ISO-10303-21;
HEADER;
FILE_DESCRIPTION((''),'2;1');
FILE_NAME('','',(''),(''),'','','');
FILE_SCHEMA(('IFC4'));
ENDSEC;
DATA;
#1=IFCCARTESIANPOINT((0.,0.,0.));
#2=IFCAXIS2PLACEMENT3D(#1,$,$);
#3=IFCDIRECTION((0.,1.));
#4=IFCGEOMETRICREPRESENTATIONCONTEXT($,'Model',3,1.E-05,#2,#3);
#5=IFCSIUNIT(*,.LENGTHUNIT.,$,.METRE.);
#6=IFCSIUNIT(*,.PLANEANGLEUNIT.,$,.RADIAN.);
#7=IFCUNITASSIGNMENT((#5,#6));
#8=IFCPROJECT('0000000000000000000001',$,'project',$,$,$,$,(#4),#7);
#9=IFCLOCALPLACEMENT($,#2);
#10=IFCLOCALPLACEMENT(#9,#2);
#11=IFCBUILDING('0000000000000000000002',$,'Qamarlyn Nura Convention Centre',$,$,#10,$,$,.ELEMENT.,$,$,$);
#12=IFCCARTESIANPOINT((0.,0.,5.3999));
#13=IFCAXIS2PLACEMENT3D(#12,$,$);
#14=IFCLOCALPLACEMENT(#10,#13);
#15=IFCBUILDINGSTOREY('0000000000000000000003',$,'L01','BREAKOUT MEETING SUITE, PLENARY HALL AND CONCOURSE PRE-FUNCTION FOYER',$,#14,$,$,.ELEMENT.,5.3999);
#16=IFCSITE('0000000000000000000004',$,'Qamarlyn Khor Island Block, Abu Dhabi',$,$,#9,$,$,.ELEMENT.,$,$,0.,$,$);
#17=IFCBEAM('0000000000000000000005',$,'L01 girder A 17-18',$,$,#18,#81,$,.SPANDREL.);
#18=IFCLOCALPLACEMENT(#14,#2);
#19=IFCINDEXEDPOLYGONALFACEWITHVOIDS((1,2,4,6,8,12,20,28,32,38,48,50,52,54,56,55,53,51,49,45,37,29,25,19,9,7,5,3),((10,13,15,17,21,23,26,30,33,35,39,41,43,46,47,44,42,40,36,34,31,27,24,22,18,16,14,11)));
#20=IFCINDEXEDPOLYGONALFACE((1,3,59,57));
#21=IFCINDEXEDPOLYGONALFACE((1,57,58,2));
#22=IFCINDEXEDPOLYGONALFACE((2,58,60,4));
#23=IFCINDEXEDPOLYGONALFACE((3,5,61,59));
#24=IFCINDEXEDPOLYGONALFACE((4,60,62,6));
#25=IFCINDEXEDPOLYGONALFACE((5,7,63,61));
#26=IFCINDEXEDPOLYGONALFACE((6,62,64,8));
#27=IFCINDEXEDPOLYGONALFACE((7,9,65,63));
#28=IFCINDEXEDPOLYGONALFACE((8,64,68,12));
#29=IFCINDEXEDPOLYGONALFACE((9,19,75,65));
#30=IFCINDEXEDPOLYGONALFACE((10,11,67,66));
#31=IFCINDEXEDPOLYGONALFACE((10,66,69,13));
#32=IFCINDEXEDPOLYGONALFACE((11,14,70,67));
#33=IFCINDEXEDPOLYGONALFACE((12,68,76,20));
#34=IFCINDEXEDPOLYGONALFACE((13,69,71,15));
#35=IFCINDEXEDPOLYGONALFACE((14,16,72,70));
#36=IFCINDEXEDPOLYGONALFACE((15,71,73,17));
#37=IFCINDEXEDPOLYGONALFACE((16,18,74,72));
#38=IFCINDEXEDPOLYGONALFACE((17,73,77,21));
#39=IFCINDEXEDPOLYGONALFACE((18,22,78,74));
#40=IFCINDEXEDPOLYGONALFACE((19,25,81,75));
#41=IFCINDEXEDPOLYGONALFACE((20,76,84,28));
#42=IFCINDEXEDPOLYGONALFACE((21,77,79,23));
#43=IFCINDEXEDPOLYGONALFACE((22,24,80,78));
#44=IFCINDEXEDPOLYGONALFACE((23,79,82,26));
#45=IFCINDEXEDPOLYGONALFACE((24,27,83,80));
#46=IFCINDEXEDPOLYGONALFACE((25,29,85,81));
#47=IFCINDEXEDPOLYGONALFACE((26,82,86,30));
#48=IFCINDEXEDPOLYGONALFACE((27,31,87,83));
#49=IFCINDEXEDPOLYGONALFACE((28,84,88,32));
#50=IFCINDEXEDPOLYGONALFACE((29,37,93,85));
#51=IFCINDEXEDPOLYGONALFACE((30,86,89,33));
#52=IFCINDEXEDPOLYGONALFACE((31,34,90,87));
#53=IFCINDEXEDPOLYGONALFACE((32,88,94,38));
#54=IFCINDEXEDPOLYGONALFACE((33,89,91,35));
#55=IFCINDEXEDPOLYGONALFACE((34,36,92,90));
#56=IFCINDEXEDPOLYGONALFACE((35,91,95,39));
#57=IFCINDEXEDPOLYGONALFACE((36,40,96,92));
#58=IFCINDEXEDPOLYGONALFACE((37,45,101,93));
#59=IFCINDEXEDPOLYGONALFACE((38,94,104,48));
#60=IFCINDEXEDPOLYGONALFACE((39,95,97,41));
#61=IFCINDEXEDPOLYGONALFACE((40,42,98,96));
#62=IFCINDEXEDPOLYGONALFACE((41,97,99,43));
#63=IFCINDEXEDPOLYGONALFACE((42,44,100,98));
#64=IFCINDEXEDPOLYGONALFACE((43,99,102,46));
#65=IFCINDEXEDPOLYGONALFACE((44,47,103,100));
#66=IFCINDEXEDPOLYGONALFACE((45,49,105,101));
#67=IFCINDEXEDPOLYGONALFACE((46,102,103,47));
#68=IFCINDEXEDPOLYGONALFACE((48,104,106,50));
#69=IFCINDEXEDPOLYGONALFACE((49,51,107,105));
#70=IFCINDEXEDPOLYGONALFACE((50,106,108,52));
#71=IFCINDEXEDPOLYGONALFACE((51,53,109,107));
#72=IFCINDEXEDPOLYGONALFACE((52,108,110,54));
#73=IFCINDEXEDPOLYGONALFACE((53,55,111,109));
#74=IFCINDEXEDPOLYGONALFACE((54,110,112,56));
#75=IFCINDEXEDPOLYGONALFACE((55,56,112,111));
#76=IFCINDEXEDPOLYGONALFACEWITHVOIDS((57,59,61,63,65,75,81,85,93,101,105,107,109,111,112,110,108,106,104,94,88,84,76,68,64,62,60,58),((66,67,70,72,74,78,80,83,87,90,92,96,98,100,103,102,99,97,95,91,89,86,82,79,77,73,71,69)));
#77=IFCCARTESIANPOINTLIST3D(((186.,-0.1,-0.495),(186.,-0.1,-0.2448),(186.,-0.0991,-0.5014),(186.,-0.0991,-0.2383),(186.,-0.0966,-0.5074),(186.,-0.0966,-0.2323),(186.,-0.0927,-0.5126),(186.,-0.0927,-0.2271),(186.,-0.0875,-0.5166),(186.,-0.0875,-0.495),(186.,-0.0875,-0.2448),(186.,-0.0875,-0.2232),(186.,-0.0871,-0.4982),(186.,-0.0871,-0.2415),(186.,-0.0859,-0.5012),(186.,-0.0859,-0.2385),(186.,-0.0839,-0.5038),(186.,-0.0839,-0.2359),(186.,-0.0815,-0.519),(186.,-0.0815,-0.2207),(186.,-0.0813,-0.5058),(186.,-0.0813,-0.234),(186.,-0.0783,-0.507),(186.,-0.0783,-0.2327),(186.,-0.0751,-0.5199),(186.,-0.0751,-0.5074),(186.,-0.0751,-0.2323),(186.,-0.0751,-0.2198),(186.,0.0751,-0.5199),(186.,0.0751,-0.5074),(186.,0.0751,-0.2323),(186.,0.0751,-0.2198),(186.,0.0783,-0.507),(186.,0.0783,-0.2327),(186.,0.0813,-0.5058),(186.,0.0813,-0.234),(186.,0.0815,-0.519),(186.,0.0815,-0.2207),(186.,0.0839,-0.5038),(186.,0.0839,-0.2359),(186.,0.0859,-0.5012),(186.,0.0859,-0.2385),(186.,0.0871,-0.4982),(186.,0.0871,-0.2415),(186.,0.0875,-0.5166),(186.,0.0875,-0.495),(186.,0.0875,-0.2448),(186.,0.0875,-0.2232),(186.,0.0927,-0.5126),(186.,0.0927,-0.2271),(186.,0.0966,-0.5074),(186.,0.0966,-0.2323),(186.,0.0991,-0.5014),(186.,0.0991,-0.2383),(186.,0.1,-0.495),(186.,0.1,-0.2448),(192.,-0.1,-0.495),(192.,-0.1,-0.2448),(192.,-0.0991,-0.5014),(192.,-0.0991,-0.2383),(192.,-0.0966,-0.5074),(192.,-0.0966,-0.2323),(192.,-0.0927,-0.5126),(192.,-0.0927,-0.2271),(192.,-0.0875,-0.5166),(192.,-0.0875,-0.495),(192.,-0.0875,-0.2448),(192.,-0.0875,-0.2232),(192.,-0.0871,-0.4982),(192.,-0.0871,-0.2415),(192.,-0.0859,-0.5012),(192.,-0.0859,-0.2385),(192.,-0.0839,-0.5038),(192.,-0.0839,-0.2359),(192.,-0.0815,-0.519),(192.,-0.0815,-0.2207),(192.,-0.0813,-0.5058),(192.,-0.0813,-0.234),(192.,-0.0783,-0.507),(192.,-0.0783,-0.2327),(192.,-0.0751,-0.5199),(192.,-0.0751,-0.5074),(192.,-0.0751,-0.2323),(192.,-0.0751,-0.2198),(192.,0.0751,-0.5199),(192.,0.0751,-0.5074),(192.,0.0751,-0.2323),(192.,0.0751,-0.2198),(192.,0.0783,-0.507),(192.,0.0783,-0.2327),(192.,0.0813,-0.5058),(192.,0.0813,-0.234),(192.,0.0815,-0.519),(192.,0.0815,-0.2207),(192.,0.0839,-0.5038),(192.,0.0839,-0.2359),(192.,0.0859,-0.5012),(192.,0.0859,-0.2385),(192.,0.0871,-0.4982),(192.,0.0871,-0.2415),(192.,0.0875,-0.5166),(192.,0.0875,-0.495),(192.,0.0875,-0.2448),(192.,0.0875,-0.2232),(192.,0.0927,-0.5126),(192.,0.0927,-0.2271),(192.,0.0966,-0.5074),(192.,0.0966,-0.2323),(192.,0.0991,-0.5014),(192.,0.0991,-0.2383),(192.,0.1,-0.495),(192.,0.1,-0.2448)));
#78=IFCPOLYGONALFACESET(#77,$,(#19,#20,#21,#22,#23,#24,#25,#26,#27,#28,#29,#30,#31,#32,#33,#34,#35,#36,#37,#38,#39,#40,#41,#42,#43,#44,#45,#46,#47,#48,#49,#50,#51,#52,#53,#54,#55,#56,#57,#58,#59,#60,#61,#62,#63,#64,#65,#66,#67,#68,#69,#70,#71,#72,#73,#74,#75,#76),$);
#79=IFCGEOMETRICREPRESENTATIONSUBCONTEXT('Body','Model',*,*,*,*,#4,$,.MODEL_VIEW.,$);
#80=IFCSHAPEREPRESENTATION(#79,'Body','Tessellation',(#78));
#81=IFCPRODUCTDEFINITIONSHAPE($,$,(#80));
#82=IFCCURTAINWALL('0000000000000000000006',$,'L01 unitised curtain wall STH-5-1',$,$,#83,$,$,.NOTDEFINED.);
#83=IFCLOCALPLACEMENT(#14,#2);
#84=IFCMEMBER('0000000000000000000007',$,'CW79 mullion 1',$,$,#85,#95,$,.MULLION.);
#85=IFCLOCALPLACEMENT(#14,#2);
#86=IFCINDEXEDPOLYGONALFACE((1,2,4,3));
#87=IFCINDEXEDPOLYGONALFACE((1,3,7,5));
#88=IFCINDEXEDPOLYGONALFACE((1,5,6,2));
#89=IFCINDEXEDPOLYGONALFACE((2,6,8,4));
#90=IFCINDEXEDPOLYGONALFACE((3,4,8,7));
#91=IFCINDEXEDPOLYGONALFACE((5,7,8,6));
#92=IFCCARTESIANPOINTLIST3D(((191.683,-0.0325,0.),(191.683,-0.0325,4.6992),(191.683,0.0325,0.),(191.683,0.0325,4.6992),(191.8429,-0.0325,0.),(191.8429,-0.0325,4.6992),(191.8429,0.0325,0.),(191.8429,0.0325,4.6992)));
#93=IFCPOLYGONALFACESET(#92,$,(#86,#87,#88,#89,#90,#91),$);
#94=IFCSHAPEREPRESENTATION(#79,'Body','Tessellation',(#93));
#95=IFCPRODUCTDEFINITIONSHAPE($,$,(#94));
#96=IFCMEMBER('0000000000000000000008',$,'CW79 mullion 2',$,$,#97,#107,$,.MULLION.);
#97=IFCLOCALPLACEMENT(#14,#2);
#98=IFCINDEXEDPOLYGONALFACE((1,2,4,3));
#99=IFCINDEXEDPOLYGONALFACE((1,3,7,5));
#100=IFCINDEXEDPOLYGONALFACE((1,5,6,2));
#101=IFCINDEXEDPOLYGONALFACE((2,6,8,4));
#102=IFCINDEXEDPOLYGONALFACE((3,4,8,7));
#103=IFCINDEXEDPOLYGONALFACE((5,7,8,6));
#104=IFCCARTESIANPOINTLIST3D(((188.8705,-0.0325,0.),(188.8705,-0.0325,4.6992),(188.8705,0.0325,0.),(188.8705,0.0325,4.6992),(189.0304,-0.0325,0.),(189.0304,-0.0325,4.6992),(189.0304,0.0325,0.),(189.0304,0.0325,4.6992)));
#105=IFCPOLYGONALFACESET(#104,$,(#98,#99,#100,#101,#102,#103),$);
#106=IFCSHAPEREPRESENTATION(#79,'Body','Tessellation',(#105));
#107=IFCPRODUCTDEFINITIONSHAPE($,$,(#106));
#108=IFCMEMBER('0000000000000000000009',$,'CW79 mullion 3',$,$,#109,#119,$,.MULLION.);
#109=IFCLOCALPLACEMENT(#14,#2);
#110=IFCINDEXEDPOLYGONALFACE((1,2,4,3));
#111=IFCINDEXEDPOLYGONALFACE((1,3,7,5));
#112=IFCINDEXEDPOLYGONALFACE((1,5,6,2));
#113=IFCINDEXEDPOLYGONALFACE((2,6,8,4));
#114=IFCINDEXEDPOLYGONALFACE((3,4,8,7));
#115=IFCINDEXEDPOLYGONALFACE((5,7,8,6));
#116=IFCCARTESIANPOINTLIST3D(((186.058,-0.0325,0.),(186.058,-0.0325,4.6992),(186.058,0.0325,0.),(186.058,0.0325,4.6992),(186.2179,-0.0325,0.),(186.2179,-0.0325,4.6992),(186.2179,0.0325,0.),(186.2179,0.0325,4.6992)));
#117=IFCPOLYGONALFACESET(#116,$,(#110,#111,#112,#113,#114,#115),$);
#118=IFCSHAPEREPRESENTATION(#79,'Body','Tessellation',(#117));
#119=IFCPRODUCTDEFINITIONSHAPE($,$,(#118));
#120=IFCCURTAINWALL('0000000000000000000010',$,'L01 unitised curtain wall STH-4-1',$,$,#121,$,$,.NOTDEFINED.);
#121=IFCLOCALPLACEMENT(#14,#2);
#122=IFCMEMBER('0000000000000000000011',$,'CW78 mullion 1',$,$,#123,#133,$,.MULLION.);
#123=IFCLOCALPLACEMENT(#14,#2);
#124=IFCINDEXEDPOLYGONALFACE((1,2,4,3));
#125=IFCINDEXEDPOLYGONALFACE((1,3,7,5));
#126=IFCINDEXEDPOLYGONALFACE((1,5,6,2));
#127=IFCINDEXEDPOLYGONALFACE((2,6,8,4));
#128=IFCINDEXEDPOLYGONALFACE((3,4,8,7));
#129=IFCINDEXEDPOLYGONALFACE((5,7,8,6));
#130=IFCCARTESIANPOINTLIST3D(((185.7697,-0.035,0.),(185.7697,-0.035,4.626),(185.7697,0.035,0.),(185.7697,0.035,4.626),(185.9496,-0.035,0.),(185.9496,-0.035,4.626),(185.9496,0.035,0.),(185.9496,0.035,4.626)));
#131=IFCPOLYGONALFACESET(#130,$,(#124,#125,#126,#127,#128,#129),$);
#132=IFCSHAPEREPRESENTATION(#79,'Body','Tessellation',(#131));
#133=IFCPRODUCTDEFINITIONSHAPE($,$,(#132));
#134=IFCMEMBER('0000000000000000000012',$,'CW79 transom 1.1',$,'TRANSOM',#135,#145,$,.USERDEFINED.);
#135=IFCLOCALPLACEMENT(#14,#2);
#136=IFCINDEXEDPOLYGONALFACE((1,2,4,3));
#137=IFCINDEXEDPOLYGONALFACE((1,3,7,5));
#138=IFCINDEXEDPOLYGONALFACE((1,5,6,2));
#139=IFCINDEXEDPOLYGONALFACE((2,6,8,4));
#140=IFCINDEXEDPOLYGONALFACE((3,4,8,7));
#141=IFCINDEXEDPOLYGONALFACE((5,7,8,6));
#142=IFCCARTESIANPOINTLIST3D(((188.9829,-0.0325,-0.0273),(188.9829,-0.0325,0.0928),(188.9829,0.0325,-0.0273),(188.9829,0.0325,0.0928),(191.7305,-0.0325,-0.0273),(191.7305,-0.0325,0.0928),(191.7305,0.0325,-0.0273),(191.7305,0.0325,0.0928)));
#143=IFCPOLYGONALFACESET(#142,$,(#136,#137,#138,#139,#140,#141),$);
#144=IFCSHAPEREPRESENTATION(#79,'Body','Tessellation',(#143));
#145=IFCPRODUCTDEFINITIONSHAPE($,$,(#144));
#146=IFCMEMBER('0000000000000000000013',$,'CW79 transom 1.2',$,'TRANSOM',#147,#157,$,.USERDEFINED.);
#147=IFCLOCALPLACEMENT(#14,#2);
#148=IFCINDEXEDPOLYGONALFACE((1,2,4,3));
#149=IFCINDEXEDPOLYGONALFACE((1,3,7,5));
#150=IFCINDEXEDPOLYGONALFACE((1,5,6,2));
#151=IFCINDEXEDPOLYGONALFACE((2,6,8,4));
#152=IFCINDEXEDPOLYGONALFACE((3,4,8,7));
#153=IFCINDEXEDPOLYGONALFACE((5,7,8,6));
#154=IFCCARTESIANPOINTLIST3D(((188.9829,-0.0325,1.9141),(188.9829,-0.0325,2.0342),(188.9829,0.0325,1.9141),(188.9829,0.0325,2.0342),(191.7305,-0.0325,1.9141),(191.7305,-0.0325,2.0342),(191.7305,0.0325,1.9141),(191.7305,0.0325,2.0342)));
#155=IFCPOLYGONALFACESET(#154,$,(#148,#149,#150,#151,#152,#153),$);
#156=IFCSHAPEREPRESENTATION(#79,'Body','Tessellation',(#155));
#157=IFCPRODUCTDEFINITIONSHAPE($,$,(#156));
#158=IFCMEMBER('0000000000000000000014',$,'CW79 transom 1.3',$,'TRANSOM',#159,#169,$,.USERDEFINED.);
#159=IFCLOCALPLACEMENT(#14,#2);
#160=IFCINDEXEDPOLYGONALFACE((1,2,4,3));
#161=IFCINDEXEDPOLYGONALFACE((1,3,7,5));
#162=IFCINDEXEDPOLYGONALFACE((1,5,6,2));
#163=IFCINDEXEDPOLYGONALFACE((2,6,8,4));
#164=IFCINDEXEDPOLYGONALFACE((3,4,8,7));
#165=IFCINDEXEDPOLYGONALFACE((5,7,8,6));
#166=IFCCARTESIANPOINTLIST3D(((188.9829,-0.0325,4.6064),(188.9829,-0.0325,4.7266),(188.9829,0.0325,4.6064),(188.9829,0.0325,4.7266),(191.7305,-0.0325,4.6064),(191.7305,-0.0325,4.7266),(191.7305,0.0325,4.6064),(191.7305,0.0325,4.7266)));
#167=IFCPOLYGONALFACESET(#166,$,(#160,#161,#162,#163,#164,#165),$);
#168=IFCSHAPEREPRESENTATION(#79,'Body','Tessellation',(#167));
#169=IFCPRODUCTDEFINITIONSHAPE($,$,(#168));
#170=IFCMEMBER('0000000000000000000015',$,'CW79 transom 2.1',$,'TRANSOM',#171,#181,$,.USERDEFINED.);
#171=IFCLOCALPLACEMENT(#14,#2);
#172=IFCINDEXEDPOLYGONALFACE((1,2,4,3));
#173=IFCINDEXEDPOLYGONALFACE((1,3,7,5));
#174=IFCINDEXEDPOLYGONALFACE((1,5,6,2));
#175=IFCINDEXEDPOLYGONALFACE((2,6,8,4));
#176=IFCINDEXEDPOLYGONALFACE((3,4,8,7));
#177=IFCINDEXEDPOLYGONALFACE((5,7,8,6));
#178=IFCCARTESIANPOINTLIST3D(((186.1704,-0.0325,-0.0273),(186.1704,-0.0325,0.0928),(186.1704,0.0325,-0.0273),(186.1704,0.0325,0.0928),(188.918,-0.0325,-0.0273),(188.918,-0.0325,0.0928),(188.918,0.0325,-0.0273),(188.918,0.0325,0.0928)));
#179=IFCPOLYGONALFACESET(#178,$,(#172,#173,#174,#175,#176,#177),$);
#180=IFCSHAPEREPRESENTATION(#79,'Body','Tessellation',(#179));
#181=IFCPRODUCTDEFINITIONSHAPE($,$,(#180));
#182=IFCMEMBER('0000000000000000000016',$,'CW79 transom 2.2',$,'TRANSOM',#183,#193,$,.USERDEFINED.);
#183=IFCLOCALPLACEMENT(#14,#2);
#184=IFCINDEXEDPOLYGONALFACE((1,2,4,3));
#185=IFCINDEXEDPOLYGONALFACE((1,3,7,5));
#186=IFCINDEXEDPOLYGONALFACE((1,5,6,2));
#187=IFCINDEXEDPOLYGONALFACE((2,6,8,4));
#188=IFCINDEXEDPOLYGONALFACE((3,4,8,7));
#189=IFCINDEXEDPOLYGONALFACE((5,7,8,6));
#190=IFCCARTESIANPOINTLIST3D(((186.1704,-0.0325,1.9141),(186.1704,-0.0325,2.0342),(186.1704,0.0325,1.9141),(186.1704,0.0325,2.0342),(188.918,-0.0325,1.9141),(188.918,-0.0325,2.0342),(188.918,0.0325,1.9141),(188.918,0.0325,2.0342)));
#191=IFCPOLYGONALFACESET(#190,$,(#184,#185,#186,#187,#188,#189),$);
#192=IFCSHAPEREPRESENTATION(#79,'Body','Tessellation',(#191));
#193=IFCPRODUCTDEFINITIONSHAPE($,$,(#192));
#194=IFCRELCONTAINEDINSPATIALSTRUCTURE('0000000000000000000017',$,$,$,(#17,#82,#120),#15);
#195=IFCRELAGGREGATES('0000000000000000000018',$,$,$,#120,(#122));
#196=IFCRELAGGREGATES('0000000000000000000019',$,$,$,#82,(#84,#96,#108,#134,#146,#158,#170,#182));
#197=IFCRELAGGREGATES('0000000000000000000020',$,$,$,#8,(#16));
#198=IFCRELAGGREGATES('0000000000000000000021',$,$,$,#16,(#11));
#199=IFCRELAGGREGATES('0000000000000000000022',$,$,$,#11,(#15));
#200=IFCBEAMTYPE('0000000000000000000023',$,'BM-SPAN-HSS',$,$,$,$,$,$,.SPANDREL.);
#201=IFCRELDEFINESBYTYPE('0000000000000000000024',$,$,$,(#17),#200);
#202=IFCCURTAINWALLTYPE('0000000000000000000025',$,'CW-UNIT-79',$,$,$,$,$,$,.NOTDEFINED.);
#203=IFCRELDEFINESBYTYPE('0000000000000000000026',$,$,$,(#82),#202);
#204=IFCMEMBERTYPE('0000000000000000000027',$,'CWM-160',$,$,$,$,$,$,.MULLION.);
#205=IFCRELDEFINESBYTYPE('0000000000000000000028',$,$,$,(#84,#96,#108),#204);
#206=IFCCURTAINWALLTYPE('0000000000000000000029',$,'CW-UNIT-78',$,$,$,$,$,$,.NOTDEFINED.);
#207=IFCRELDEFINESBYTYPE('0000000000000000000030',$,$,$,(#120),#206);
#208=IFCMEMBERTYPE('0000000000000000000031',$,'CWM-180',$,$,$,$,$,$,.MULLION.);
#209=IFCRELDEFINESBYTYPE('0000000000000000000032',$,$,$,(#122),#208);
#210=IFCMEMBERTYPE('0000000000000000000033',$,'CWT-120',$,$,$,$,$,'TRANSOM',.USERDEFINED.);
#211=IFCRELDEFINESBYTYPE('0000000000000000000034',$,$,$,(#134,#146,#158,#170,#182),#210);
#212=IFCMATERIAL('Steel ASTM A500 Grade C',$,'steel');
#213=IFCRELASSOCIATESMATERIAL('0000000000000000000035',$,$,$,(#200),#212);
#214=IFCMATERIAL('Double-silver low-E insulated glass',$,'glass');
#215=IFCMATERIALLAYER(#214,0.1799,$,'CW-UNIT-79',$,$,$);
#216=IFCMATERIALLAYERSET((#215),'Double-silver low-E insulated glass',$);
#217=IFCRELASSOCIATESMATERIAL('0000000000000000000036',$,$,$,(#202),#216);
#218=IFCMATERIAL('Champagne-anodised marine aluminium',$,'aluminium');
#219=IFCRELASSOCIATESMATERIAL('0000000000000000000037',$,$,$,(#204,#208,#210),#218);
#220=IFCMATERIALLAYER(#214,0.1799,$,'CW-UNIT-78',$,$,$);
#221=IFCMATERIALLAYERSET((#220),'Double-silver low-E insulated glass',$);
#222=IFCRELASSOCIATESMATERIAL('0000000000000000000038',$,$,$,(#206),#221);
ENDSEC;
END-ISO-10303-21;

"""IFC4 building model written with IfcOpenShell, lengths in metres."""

from ifc_helpers import new_model, si_unit, direction, frame, origin, origin_2d, place, context, subcontext, project, spatial, rectangle, hollow_rectangle, extrude, material, layer, layer_set, material_profile, profile_set, type_object, element, aggregate, save


model = new_model("IFC4")

# Units and contexts
model_context = context("Model", 3, precision=1e-05, world=origin(), true_north=direction((0.0, 1.0)))
body_context = subcontext(model_context, "Body", "Model", "MODEL_VIEW")
ifc_project = project(units=[si_unit("LENGTHUNIT", "METRE"), si_unit("PLANEANGLEUNIT", "RADIAN")], contexts=[model_context])

# Site, building, storey
site_placement = place(None, origin())
site = spatial("IfcSite", under=ifc_project, at=site_placement, Name="Qamarlyn Khor Island Block, Abu Dhabi", CompositionType="ELEMENT", RefElevation=0.0)
building_placement = place(site_placement, origin())
building = spatial("IfcBuilding", under=site, at=building_placement, Name="Qamarlyn Nura Convention Centre", CompositionType="ELEMENT")
storey_placement = place(building_placement, frame((0.0, 0.0, 5.3999)))
storey = spatial("IfcBuildingStorey", under=building, at=storey_placement, Name="L01", Description="BREAKOUT MEETING SUITE, PLENARY HALL AND CONCOURSE PRE-FUNCTION FOYER", CompositionType="ELEMENT", Elevation=5.3999)

# Beam
ifc_material_1 = material(Name="Steel ASTM A500 Grade C", Category="steel")
ifc_material_profile_1 = material_profile(ifc_material_1, hollow_rectangle(XDim=0.2, YDim=0.3, WallThickness=0.0125, InnerFilletRadius=0.0125, OuterFilletRadius=0.0249, at=origin_2d()), Name="HSS300X200X12.5")
ifc_profile_set_1 = profile_set([ifc_material_profile_1], Name="Steel ASTM A500 Grade C")
beam_type_1 = type_object("IfcBeamType", Name="BM-SPAN-HSS", PredefinedType="SPANDREL", material=ifc_profile_set_1)
beam_1_placement = place(storey_placement, frame((186.0, 0.0, -0.3699), z_axis=(1.0, 0.0, 0.0), x_axis=(0.0, 1.0, 0.0)))
element("IfcBeam", 1, at=beam_1_placement, inside=storey, type_object=beam_type_1, Name="L01 girder A 17-18", PredefinedType="SPANDREL", context=body_context, shape_type="SweptSolid", body=[
    extrude(hollow_rectangle(XDim=0.2, YDim=0.3, WallThickness=0.0125, InnerFilletRadius=0.0125, OuterFilletRadius=0.0249, at=origin_2d()), origin(), (0.0, 0.0, 1.0), 6.0),
])

# Curtain wall, members
ifc_material_2 = material(Name="Double-silver low-E insulated glass", Category="glass")
ifc_layer_1 = layer(ifc_material_2, 0.1799, Name="CW-UNIT-79")
ifc_layer_set_1 = layer_set([ifc_layer_1], Name="Double-silver low-E insulated glass")
curtain_wall_type_1 = type_object("IfcCurtainWallType", Name="CW-UNIT-79", PredefinedType="NOTDEFINED", material=ifc_layer_set_1)
curtain_wall_1_placement = place(storey_placement, origin())
curtain_wall_1 = element("IfcCurtainWall", 2, at=curtain_wall_1_placement, inside=storey, type_object=curtain_wall_type_1, Name="L01 unitised curtain wall STH-5-1", PredefinedType="NOTDEFINED")
ifc_material_3 = material(Name="Champagne-anodised marine aluminium", Category="aluminium")
ifc_material_profile_2 = material_profile(ifc_material_3, rectangle(XDim=0.0649, YDim=0.1599, at=origin_2d()), Name="ALU MULLION 65x160")
ifc_profile_set_2 = profile_set([ifc_material_profile_2], Name="Champagne-anodised marine aluminium")
member_type_1 = type_object("IfcMemberType", Name="CWM-160", PredefinedType="MULLION", material=ifc_profile_set_2)
member_1_placement = place(storey_placement, frame((191.7629, 0.0, 0.0), z_axis=(0.0, 0.0, 1.0), x_axis=(0.0, -1.0, 0.0)))
member_1 = element("IfcMember", 3, at=member_1_placement, type_object=member_type_1, Name="CW79 mullion 1", PredefinedType="MULLION", context=body_context, shape_type="SweptSolid", body=[
    extrude(rectangle(XDim=0.0649, YDim=0.1599, at=origin_2d()), origin(), (0.0, 0.0, 1.0), 4.6992),
])
member_2_placement = place(storey_placement, frame((188.9504, 0.0, 0.0), z_axis=(0.0, 0.0, 1.0), x_axis=(0.0, -1.0, 0.0)))
member_2 = element("IfcMember", 4, at=member_2_placement, type_object=member_type_1, Name="CW79 mullion 2", PredefinedType="MULLION", context=body_context, shape_type="SweptSolid", body=[
    extrude(rectangle(XDim=0.0649, YDim=0.1599, at=origin_2d()), origin(), (0.0, 0.0, 1.0), 4.6992),
])
member_3_placement = place(storey_placement, frame((186.1379, 0.0, 0.0), z_axis=(0.0, 0.0, 1.0), x_axis=(0.0, -1.0, 0.0)))
member_3 = element("IfcMember", 5, at=member_3_placement, type_object=member_type_1, Name="CW79 mullion 3", PredefinedType="MULLION", context=body_context, shape_type="SweptSolid", body=[
    extrude(rectangle(XDim=0.0649, YDim=0.1599, at=origin_2d()), origin(), (0.0, 0.0, 1.0), 4.6992),
])

# Curtain wall, member
ifc_layer_2 = layer(ifc_material_2, 0.1799, Name="CW-UNIT-78")
ifc_layer_set_2 = layer_set([ifc_layer_2], Name="Double-silver low-E insulated glass")
curtain_wall_type_2 = type_object("IfcCurtainWallType", Name="CW-UNIT-78", PredefinedType="NOTDEFINED", material=ifc_layer_set_2)
curtain_wall_2_placement = place(storey_placement, origin())
curtain_wall_2 = element("IfcCurtainWall", 6, at=curtain_wall_2_placement, inside=storey, type_object=curtain_wall_type_2, Name="L01 unitised curtain wall STH-4-1", PredefinedType="NOTDEFINED")
ifc_material_profile_3 = material_profile(ifc_material_3, rectangle(XDim=0.0701, YDim=0.1799, at=origin_2d()), Name="ALU MULLION 70x180")
ifc_profile_set_3 = profile_set([ifc_material_profile_3], Name="Champagne-anodised marine aluminium")
member_type_2 = type_object("IfcMemberType", Name="CWM-180", PredefinedType="MULLION", material=ifc_profile_set_3)
member_4_placement = place(storey_placement, frame((185.8596, 0.0, 0.0), z_axis=(0.0, 0.0, 1.0), x_axis=(0.0, -1.0, 0.0)))
member_4 = element("IfcMember", 7, at=member_4_placement, type_object=member_type_2, Name="CW78 mullion 1", PredefinedType="MULLION", context=body_context, shape_type="SweptSolid", body=[
    extrude(rectangle(XDim=0.0701, YDim=0.1799, at=origin_2d()), origin(), (0.0, 0.0, 1.0), 4.626),
])
aggregate(curtain_wall_2, [member_4])

# Members
ifc_material_profile_4 = material_profile(ifc_material_3, rectangle(XDim=0.0649, YDim=0.1201, at=origin_2d()), Name="ALU TRANSOM 65x120")
ifc_profile_set_4 = profile_set([ifc_material_profile_4], Name="Champagne-anodised marine aluminium")
member_type_3 = type_object("IfcMemberType", Name="CWT-120", ElementType="TRANSOM", PredefinedType="USERDEFINED", material=ifc_profile_set_4)
member_5_placement = place(storey_placement, frame((191.7305, 0.0, 0.0327), z_axis=(-1.0, 0.0, 0.0), x_axis=(0.0, -1.0, 0.0)))
member_5 = element("IfcMember", 8, at=member_5_placement, type_object=member_type_3, Name="CW79 transom 1.1", ObjectType="TRANSOM", PredefinedType="USERDEFINED", context=body_context, shape_type="SweptSolid", body=[
    extrude(rectangle(XDim=0.0649, YDim=0.1201, at=origin_2d()), origin(), (0.0, 0.0, 1.0), 2.7476),
])
member_6_placement = place(storey_placement, frame((191.7305, 0.0, 1.9741), z_axis=(-1.0, 0.0, 0.0), x_axis=(0.0, -1.0, 0.0)))
member_6 = element("IfcMember", 9, at=member_6_placement, type_object=member_type_3, Name="CW79 transom 1.2", ObjectType="TRANSOM", PredefinedType="USERDEFINED", context=body_context, shape_type="SweptSolid", body=[
    extrude(rectangle(XDim=0.0649, YDim=0.1201, at=origin_2d()), origin(), (0.0, 0.0, 1.0), 2.7476),
])
member_7_placement = place(storey_placement, frame((191.7305, 0.0, 4.6665), z_axis=(-1.0, 0.0, 0.0), x_axis=(0.0, -1.0, 0.0)))
member_7 = element("IfcMember", 10, at=member_7_placement, type_object=member_type_3, Name="CW79 transom 1.3", ObjectType="TRANSOM", PredefinedType="USERDEFINED", context=body_context, shape_type="SweptSolid", body=[
    extrude(rectangle(XDim=0.0649, YDim=0.1201, at=origin_2d()), origin(), (0.0, 0.0, 1.0), 2.7476),
])
member_8_placement = place(storey_placement, frame((188.918, 0.0, 0.0327), z_axis=(-1.0, 0.0, 0.0), x_axis=(0.0, -1.0, 0.0)))
member_8 = element("IfcMember", 11, at=member_8_placement, type_object=member_type_3, Name="CW79 transom 2.1", ObjectType="TRANSOM", PredefinedType="USERDEFINED", context=body_context, shape_type="SweptSolid", body=[
    extrude(rectangle(XDim=0.0649, YDim=0.1201, at=origin_2d()), origin(), (0.0, 0.0, 1.0), 2.7476),
])
member_9_placement = place(storey_placement, frame((188.918, 0.0, 1.9741), z_axis=(-1.0, 0.0, 0.0), x_axis=(0.0, -1.0, 0.0)))
member_9 = element("IfcMember", 12, at=member_9_placement, type_object=member_type_3, Name="CW79 transom 2.2", ObjectType="TRANSOM", PredefinedType="USERDEFINED", context=body_context, shape_type="SweptSolid", body=[
    extrude(rectangle(XDim=0.0649, YDim=0.1201, at=origin_2d()), origin(), (0.0, 0.0, 1.0), 2.7476),
])

aggregate(curtain_wall_1, [member_1, member_2, member_3, member_5, member_6, member_7, member_8, member_9])

save(model, "model.ifc")
